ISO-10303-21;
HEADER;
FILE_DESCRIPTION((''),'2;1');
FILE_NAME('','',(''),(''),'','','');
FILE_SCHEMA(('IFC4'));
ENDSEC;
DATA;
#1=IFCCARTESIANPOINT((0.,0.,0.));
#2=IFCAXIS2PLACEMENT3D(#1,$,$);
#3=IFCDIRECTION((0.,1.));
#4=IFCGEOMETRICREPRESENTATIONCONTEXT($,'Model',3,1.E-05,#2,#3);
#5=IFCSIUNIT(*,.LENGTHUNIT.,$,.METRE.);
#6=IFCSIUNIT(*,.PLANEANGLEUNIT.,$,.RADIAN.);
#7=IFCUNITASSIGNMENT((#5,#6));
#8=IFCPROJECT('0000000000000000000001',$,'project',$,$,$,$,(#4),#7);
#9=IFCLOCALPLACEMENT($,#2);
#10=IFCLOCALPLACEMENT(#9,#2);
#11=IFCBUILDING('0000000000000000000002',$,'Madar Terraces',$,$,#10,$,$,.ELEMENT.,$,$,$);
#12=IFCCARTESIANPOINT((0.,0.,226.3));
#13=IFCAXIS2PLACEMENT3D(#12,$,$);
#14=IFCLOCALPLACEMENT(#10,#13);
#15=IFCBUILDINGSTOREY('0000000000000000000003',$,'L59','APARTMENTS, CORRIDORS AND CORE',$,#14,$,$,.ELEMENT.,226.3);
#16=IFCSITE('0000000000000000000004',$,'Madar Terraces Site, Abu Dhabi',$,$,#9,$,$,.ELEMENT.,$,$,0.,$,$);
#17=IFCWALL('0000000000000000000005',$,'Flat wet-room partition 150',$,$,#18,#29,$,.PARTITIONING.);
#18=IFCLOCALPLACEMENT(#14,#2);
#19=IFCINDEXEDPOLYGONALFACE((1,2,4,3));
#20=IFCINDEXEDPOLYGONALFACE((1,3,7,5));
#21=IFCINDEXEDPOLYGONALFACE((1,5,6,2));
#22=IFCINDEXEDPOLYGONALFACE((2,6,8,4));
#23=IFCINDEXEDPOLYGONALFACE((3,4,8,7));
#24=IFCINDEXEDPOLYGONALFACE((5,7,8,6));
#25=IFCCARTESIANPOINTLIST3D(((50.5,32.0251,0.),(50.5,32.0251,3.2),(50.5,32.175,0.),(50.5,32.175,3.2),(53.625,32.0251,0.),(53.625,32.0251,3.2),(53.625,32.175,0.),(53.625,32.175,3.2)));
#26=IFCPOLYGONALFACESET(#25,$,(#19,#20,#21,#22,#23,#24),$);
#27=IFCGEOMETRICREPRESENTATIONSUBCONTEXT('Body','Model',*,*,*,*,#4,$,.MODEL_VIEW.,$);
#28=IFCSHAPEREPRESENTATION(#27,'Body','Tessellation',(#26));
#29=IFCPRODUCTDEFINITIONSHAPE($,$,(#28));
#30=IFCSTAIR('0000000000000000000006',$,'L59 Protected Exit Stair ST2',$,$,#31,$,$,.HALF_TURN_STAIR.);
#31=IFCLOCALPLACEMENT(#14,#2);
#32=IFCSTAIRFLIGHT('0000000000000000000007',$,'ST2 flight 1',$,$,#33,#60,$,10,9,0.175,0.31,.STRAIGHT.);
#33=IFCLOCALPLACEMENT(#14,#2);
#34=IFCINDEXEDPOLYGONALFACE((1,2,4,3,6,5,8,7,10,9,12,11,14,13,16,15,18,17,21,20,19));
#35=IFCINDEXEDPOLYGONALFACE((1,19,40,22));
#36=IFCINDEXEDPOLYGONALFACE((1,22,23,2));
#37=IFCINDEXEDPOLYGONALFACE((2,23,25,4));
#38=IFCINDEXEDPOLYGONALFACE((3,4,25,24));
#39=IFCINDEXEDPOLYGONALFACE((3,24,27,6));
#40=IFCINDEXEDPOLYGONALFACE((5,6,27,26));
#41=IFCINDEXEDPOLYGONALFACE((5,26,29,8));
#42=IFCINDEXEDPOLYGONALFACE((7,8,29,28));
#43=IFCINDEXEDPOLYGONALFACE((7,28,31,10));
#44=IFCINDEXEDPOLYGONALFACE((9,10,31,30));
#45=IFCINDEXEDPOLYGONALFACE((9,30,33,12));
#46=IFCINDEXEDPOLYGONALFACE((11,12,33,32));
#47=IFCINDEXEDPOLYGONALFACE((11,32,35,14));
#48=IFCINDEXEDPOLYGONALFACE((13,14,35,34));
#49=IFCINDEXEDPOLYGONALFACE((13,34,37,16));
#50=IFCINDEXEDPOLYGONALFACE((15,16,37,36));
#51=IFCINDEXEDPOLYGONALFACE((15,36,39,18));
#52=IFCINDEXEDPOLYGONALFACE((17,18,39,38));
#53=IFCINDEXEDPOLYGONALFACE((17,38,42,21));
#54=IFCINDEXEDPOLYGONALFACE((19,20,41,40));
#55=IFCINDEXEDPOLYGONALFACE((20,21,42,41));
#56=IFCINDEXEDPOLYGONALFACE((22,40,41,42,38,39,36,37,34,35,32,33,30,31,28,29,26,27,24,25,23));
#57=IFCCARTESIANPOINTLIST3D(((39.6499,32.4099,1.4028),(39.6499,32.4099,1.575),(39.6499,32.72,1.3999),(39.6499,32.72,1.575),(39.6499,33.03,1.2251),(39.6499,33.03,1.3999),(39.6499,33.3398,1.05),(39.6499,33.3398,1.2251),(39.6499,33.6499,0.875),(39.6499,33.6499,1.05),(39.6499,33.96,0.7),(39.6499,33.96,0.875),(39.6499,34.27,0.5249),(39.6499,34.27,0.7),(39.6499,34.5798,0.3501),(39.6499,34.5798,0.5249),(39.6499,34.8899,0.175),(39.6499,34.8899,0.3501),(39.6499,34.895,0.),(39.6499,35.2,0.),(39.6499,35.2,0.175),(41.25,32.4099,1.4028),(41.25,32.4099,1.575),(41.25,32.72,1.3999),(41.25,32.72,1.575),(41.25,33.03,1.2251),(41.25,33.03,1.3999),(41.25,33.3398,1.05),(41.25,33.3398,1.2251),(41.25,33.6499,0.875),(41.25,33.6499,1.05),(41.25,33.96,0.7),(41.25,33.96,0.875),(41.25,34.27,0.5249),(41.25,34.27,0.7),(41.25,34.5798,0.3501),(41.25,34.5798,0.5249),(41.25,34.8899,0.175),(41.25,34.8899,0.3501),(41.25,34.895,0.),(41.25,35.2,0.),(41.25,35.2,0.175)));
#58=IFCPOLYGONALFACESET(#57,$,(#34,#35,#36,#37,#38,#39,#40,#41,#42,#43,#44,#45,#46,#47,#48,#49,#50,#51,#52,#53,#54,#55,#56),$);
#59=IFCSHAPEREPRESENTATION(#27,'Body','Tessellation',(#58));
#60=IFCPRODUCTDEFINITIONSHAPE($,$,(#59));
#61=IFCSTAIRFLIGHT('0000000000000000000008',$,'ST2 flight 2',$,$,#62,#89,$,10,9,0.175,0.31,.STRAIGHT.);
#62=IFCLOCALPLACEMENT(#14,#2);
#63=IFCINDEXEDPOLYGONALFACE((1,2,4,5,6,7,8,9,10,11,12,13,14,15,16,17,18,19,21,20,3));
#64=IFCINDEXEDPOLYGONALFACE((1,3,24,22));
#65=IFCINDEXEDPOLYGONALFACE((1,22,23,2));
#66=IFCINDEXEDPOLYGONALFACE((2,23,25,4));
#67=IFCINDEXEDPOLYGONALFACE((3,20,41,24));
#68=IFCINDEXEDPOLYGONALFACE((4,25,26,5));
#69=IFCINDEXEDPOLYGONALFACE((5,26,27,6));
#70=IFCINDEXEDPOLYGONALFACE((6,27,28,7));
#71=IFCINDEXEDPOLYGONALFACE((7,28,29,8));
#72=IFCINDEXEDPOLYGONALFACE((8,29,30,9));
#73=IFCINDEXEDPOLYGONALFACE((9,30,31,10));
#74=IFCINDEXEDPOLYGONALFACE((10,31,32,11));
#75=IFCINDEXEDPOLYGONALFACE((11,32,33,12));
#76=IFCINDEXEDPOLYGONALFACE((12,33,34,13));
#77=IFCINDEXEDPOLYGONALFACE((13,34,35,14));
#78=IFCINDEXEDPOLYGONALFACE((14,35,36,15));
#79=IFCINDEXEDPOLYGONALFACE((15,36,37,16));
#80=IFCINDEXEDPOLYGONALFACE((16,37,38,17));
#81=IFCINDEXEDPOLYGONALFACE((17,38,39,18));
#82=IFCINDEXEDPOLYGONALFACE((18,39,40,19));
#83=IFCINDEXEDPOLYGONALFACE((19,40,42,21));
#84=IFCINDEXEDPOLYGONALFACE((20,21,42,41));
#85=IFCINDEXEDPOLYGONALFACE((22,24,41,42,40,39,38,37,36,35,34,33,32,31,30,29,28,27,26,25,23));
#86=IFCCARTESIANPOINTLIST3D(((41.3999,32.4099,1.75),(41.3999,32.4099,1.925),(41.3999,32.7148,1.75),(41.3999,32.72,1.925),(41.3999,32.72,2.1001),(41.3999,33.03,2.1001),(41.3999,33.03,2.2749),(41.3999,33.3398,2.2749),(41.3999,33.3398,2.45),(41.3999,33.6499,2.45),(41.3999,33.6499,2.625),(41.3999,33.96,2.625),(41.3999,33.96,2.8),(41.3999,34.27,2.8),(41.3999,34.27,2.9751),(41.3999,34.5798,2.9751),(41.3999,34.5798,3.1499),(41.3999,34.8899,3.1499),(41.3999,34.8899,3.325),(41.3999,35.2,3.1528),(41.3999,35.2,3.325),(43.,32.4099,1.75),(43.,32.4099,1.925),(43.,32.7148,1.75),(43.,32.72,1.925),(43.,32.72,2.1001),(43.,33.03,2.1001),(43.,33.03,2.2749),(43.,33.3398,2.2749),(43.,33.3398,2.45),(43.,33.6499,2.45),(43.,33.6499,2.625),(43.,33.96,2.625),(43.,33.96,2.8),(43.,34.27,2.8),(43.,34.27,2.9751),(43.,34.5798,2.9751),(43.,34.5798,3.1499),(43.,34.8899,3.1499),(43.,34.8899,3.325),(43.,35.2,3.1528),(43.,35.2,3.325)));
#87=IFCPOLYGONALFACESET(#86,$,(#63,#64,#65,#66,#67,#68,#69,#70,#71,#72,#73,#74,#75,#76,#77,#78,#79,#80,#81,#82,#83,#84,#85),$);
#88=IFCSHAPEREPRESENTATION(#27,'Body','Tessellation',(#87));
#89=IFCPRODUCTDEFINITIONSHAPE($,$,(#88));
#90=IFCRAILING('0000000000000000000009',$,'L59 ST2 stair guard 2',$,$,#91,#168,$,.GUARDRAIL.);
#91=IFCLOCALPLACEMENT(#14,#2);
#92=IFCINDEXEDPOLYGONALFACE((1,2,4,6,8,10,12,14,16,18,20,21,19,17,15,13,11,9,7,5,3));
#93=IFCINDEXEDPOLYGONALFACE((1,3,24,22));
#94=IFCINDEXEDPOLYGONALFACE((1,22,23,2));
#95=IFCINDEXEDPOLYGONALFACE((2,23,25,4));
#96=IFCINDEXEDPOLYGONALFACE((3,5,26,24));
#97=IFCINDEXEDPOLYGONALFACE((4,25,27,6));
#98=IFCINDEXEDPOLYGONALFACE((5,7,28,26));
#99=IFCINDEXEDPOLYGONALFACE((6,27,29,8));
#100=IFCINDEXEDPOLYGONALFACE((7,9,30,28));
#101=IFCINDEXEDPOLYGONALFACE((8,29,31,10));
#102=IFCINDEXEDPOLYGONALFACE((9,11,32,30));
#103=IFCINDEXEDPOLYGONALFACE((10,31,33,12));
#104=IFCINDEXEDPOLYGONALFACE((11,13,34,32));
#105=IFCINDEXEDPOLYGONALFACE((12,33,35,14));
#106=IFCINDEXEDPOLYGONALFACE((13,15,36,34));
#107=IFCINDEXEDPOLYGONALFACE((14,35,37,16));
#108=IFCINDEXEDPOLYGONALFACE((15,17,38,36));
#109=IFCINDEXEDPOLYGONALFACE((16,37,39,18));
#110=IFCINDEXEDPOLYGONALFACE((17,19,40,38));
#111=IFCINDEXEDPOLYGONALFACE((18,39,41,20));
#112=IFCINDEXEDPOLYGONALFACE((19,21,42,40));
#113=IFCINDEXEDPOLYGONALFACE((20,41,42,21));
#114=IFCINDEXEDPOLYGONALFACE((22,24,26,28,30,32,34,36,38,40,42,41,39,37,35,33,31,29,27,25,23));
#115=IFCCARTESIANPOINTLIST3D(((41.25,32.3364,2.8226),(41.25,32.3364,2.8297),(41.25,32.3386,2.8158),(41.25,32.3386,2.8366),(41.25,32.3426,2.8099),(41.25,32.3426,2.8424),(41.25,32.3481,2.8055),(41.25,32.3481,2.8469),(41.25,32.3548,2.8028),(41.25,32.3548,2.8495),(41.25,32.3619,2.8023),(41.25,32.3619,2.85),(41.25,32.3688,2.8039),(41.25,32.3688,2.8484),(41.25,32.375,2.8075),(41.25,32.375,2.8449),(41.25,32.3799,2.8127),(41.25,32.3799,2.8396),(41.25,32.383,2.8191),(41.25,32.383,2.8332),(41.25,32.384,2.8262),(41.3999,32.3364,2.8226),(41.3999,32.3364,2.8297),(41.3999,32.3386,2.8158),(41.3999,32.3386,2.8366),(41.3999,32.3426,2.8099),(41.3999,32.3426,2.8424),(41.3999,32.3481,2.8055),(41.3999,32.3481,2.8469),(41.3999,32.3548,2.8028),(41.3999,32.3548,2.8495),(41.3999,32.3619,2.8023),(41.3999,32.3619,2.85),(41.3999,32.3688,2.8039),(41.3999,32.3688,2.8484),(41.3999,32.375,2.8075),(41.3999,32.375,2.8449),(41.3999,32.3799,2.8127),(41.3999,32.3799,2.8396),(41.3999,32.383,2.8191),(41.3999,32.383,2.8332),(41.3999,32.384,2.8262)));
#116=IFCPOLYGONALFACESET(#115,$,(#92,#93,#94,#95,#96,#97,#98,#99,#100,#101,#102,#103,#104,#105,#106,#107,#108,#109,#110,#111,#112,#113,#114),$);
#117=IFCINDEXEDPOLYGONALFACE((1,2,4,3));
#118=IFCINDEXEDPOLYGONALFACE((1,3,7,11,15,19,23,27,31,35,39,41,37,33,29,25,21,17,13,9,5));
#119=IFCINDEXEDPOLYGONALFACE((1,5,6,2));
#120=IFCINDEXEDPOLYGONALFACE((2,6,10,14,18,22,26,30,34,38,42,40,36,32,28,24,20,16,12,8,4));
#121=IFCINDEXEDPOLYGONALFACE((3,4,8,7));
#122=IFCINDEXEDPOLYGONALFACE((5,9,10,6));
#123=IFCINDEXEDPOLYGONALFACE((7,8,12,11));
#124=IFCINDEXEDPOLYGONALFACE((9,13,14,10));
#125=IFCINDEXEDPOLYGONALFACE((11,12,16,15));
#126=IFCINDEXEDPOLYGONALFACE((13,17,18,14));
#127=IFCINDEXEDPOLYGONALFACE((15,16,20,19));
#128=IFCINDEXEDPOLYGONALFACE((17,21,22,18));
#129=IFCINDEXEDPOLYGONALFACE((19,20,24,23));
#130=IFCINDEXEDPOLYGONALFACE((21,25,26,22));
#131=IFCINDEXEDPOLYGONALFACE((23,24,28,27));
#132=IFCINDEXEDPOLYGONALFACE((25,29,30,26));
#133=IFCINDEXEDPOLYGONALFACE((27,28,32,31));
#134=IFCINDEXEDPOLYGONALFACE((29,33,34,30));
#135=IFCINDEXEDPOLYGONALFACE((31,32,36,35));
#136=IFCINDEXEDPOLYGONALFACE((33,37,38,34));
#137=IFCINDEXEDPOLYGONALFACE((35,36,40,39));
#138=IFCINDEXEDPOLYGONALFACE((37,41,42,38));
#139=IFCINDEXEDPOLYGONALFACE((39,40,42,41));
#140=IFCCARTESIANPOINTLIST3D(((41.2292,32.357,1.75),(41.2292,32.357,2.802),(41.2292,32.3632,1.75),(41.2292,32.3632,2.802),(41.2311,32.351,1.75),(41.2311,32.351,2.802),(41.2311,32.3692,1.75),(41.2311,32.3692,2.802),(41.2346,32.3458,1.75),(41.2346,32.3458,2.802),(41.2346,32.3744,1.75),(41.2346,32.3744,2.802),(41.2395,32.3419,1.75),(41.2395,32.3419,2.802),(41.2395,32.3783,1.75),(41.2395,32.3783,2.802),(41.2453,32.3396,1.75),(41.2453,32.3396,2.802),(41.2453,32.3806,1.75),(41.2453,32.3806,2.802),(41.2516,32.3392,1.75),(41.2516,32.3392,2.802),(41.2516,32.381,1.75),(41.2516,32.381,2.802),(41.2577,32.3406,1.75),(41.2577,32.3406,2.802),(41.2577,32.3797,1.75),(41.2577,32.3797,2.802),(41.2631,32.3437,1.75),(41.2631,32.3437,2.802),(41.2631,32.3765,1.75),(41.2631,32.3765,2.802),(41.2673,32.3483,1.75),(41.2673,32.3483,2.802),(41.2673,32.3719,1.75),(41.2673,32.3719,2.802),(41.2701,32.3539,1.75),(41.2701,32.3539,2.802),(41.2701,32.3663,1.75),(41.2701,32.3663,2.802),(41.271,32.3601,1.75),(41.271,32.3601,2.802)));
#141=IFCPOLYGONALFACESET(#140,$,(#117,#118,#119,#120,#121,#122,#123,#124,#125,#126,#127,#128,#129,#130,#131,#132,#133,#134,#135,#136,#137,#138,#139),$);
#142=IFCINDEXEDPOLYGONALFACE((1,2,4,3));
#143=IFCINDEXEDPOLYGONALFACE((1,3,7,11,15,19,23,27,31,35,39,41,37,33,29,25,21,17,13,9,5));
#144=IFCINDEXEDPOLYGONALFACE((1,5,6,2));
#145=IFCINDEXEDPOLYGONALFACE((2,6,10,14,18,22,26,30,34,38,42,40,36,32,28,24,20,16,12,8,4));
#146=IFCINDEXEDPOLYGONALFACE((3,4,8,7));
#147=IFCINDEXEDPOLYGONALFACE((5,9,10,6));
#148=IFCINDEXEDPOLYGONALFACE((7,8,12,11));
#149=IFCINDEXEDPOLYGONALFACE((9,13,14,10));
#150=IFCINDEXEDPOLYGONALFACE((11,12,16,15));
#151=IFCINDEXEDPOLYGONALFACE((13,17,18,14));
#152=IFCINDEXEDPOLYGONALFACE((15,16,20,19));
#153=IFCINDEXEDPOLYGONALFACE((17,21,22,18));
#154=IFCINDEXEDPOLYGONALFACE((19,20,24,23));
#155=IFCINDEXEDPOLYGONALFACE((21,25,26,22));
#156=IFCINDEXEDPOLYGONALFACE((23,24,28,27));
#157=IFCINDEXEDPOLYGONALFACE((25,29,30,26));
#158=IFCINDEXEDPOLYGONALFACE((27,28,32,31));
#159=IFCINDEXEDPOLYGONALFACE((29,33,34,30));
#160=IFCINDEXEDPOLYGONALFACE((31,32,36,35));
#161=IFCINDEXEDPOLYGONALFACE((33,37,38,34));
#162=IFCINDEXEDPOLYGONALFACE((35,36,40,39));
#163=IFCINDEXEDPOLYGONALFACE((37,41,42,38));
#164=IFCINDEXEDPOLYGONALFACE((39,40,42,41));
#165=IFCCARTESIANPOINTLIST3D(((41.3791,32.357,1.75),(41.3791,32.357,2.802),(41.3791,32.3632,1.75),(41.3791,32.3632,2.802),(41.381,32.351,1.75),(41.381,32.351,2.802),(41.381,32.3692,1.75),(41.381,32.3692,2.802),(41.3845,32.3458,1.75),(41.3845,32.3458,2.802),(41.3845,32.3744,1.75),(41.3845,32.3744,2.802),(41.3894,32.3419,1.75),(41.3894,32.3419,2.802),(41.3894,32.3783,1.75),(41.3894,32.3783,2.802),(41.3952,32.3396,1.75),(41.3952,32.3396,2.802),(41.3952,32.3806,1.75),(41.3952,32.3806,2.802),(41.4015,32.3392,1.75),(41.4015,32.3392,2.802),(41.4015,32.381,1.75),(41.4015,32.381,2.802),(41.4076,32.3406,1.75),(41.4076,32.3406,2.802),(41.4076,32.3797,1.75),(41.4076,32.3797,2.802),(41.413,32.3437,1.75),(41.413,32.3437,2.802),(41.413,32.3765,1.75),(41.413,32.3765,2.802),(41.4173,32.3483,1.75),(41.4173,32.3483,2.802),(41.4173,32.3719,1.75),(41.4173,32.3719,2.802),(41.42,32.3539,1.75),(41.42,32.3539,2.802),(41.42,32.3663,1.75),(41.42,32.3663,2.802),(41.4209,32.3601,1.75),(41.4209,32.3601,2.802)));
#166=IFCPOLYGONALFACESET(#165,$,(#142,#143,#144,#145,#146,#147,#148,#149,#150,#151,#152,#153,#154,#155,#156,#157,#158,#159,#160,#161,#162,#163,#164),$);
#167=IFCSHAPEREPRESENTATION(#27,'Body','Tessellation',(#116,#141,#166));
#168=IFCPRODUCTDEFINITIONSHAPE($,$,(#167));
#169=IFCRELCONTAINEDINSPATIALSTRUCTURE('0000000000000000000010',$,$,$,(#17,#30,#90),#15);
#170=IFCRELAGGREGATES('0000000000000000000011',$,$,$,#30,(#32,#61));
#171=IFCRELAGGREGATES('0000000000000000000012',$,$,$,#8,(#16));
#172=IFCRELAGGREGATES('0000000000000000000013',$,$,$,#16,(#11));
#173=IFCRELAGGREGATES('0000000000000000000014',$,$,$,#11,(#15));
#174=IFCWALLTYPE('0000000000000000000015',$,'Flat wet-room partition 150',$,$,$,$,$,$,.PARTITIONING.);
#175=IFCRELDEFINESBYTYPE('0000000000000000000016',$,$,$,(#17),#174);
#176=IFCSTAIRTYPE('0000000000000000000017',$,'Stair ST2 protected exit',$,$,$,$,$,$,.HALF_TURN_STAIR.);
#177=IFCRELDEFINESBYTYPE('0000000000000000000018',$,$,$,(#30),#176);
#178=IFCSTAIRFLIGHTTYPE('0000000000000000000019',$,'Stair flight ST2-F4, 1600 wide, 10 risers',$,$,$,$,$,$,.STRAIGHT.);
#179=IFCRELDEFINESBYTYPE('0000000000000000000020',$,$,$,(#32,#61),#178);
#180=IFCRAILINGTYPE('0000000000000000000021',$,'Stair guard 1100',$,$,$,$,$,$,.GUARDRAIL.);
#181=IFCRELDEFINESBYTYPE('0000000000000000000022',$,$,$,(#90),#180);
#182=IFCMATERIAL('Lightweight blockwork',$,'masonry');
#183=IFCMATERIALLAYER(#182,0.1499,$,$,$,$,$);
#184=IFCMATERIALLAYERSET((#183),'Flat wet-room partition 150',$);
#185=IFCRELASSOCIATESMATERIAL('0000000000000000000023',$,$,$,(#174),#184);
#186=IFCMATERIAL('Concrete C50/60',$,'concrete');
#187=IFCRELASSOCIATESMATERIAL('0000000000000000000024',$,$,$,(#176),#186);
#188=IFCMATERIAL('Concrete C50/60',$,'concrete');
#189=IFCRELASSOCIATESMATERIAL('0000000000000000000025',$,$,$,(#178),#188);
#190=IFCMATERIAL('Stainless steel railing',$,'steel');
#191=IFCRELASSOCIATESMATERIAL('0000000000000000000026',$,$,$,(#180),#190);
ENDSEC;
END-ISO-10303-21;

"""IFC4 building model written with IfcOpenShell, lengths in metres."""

from ifc_helpers import new_model, si_unit, direction, frame, frame_2d, origin, origin_2d, place, context, subcontext, project, spatial, polyline, rectangle, circle, outline, extrude, material, layer, layer_set, type_object, element, aggregate, save


model = new_model("IFC4")

# Units and contexts
model_context = context("Model", 3, precision=1e-05, world=origin(), true_north=direction((0.0, 1.0)))
body_context = subcontext(model_context, "Body", "Model", "MODEL_VIEW")
ifc_project = project(units=[si_unit("LENGTHUNIT", "METRE"), si_unit("PLANEANGLEUNIT", "RADIAN")], contexts=[model_context])

# Site, building, storey
site_placement = place(None, origin())
site = spatial("IfcSite", under=ifc_project, at=site_placement, Name="Madar Terraces Site, Abu Dhabi", CompositionType="ELEMENT", RefElevation=0.0)
building_placement = place(site_placement, origin())
building = spatial("IfcBuilding", under=site, at=building_placement, Name="Madar Terraces", CompositionType="ELEMENT")
storey_placement = place(building_placement, frame((0.0, 0.0, 226.3)))
storey = spatial("IfcBuildingStorey", under=building, at=storey_placement, Name="L59", Description="APARTMENTS, CORRIDORS AND CORE", CompositionType="ELEMENT", Elevation=226.3)

# Wall
ifc_material_1 = material(Name="Lightweight blockwork", Category="masonry")
ifc_layer_1 = layer(ifc_material_1, 0.1499)
ifc_layer_set_1 = layer_set([ifc_layer_1], Name="Flat wet-room partition 150")
wall_type_1 = type_object("IfcWallType", Name="Flat wet-room partition 150", PredefinedType="PARTITIONING", material=ifc_layer_set_1)
wall_1_placement = place(storey_placement, frame((50.5, 32.1001, 0.0), z_axis=(0.0, 0.0, 1.0), x_axis=(1.0, 0.0, 0.0)))
element("IfcWall", 1, at=wall_1_placement, inside=storey, type_object=wall_type_1, Name="Flat wet-room partition 150", PredefinedType="PARTITIONING", context=body_context, shape_type="SweptSolid", body=[
    extrude(rectangle(XDim=3.125, YDim=0.1499, at=frame_2d((1.5625, 0.0))), origin(), (0.0, 0.0, 1.0), 3.2),
])

# Stair, stair flights
ifc_material_2 = material(Name="Concrete C50/60", Category="concrete")
stair_type = type_object("IfcStairType", Name="Stair ST2 protected exit", PredefinedType="HALF_TURN_STAIR", material=ifc_material_2)
stair_placement = place(storey_placement, origin())
stair = element("IfcStair", 2, at=stair_placement, inside=storey, type_object=stair_type, Name="L59 Protected Exit Stair ST2", PredefinedType="HALF_TURN_STAIR")
ifc_material_3 = material(Name="Concrete C50/60", Category="concrete")
stair_flight_type = type_object("IfcStairFlightType", Name="Stair flight ST2-F4, 1600 wide, 10 risers", PredefinedType="STRAIGHT", material=ifc_material_3)
stair_flight_1_placement = place(storey_placement, frame((40.45, 35.2, 0.0), z_axis=(0.0, 0.0, 1.0), x_axis=(0.0, -1.0, 0.0)))
stair_flight_1 = element("IfcStairFlight", 3, at=stair_flight_1_placement, type_object=stair_flight_type, Name="ST2 flight 1", NumberOfRisers=10, NumberOfTreads=9, PredefinedType="STRAIGHT", RiserHeight=0.175, TreadLength=0.31, context=body_context, shape_type="SweptSolid", body=[
    extrude(outline(polyline([(0.0, 0.0), (0.0, 0.175), (0.3101, 0.175), (0.3101, 0.3501), (0.6201, 0.3501), (0.6201, 0.5249), (0.9299, 0.5249), (0.9299, 0.7), (1.24, 0.7), (1.24, 0.875), (1.55, 0.875), (1.55, 1.05), (1.8601, 1.05), (1.8601, 1.2251), (2.1699, 1.2251), (2.1699, 1.3999), (2.48, 1.3999), (2.48, 1.575), (2.79, 1.575), (2.79, 1.75), (2.79, 1.4028), (0.3049, 0.0), (0.0, 0.0)])), frame((0.0, 0.8, 0.0), z_axis=(0.0, -1.0, 0.0), x_axis=(1.0, 0.0, 0.0)), (0.0, 0.0, 1.0), 1.6001),
])
stair_flight_2_placement = place(storey_placement, frame((42.2, 32.4099, 1.75), z_axis=(0.0, 0.0, 1.0), x_axis=(0.0, 1.0, 0.0)))
stair_flight_2 = element("IfcStairFlight", 4, at=stair_flight_2_placement, type_object=stair_flight_type, Name="ST2 flight 2", NumberOfRisers=10, NumberOfTreads=9, PredefinedType="STRAIGHT", RiserHeight=0.175, TreadLength=0.31, context=body_context, shape_type="SweptSolid", body=[
    extrude(outline(polyline([(0.0, 0.0), (0.0, 0.175), (0.3101, 0.175), (0.3101, 0.3501), (0.6201, 0.3501), (0.6201, 0.5249), (0.9299, 0.5249), (0.9299, 0.7), (1.24, 0.7), (1.24, 0.875), (1.55, 0.875), (1.55, 1.05), (1.8601, 1.05), (1.8601, 1.2251), (2.1699, 1.2251), (2.1699, 1.3999), (2.48, 1.3999), (2.48, 1.575), (2.79, 1.575), (2.79, 1.75), (2.79, 1.4028), (0.3049, 0.0), (0.0, 0.0)])), frame((0.0, 0.8, 0.0), z_axis=(0.0, -1.0, 0.0), x_axis=(1.0, 0.0, 0.0)), (0.0, 0.0, 1.0), 1.6001),
])
aggregate(stair, [stair_flight_1, stair_flight_2])

# Railing
ifc_material_4 = material(Name="Stainless steel railing", Category="steel")
railing_type_1 = type_object("IfcRailingType", Name="Stair guard 1100", PredefinedType="GUARDRAIL", material=ifc_material_4)
railing_1_placement = place(storey_placement, frame((41.25, 32.3601, 1.75)))
element("IfcRailing", 5, at=railing_1_placement, inside=storey, type_object=railing_type_1, Name="L59 ST2 stair guard 2", PredefinedType="GUARDRAIL", context=body_context, shape_type="SweptSolid", body=[
    extrude(circle(Radius=0.0239, at=origin_2d()), frame((0.0, 0.0, 1.0762), z_axis=(1.0, 0.0, 0.0), x_axis=(0.0, 1.0, 0.0)), (0.0, 0.0, 1.0), 0.1499),
    extrude(circle(Radius=0.021, at=origin_2d()), origin(), (0.0, 0.0, 1.0), 1.052),
    extrude(circle(Radius=0.021, at=origin_2d()), frame((0.1499, 0.0, 0.0)), (0.0, 0.0, 1.0), 1.052),
])

save(model, "model.ifc")
